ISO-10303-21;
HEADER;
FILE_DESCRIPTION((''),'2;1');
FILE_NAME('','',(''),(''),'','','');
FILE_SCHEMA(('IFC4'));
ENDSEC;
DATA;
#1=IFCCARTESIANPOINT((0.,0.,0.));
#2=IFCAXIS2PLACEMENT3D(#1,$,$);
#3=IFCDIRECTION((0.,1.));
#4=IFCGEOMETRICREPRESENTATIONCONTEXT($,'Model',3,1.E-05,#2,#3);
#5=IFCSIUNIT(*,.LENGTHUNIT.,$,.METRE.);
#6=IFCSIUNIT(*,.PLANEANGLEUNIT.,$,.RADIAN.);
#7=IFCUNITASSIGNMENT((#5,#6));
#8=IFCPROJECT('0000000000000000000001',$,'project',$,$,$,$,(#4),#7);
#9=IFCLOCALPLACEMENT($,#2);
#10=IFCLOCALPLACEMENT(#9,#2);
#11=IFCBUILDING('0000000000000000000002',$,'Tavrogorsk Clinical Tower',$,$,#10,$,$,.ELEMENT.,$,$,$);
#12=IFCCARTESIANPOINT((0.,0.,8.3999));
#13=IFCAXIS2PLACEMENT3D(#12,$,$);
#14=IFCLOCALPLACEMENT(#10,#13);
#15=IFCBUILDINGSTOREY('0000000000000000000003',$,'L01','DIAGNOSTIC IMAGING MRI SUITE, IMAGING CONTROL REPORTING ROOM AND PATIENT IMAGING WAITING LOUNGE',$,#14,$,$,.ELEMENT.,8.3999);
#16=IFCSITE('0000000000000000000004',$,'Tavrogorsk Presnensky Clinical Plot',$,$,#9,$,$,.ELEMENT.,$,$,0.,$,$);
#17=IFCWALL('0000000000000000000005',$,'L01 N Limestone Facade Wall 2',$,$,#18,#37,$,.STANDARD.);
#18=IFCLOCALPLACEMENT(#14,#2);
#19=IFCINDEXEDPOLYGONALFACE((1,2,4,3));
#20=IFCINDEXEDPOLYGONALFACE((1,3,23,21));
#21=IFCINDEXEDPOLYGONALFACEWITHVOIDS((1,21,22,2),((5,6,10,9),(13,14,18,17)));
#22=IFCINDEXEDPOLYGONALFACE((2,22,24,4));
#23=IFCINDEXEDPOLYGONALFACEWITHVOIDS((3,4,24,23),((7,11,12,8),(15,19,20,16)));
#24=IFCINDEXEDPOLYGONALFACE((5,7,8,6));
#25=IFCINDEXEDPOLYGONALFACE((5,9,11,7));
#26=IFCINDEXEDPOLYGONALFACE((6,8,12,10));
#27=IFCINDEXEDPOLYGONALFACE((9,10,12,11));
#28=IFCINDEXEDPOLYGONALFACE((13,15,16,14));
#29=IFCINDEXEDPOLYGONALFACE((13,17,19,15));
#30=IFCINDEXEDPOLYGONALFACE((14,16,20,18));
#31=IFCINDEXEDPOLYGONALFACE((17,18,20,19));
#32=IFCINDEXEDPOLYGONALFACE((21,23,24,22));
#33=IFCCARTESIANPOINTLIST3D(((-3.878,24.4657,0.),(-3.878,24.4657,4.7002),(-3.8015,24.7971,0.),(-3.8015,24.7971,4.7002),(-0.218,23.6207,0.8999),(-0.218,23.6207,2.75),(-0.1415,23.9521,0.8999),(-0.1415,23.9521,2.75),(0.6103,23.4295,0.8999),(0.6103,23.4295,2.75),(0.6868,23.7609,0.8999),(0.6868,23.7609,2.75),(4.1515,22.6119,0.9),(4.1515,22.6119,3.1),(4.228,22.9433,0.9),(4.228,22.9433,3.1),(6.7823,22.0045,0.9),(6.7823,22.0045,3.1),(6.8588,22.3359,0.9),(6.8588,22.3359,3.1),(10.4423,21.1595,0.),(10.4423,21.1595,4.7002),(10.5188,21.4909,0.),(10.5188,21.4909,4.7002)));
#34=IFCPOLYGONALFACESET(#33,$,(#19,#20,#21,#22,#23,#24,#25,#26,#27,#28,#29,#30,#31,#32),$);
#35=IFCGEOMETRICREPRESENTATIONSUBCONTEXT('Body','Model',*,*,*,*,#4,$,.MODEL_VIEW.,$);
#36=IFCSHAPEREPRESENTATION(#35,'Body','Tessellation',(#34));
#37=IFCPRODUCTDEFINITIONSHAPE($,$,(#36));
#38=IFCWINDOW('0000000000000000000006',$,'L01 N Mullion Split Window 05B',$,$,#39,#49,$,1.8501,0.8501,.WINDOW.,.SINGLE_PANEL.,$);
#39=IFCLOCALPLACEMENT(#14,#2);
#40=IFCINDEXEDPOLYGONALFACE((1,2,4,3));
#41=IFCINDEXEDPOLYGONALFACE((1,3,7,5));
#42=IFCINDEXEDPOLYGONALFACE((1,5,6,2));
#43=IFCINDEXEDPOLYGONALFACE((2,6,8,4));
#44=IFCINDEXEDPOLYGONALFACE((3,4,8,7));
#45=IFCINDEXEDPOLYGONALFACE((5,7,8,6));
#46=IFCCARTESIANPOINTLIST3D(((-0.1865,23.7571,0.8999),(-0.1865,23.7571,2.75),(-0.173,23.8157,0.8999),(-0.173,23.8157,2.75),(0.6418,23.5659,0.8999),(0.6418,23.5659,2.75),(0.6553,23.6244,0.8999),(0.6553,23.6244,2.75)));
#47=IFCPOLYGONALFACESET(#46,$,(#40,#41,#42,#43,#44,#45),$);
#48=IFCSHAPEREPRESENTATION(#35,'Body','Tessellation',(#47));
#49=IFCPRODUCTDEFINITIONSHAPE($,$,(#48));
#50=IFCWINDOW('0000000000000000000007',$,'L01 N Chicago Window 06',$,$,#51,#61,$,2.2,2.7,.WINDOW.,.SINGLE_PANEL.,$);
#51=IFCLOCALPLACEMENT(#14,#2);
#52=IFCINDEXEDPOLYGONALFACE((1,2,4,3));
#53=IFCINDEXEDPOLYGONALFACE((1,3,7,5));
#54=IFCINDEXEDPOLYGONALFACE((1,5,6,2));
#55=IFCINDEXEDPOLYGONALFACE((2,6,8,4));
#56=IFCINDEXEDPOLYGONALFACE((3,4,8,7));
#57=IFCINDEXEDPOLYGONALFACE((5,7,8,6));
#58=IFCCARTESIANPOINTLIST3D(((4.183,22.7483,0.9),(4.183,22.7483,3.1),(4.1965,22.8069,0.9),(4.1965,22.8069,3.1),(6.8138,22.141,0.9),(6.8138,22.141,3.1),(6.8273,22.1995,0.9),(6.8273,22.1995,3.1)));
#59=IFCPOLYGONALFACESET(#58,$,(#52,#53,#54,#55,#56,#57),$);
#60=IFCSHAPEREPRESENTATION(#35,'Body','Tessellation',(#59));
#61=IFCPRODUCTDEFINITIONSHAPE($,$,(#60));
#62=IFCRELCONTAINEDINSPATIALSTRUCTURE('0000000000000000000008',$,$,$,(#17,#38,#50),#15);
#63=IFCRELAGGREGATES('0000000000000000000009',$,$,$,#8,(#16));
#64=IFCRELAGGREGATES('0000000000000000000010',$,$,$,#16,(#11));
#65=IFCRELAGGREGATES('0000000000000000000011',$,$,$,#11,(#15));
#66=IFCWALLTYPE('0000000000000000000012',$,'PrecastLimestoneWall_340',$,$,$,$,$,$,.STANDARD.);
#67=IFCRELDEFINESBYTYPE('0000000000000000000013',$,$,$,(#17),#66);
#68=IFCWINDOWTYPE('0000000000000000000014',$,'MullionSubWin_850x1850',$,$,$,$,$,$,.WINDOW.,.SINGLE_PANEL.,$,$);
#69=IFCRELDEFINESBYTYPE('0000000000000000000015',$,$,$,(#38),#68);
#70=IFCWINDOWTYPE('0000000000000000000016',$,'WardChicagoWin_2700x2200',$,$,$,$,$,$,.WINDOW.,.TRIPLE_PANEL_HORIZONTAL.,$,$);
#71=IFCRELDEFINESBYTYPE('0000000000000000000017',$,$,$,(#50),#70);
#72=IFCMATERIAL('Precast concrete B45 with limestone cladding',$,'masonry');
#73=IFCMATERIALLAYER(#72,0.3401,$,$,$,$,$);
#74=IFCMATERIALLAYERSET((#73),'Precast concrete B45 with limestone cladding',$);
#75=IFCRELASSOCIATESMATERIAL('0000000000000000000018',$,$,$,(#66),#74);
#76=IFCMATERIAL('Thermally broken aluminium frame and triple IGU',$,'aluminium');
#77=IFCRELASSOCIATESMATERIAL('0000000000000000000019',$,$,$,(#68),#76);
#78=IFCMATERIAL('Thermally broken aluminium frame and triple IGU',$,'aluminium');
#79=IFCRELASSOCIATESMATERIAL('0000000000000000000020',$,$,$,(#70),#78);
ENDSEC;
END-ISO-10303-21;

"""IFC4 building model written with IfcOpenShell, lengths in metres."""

from ifc_helpers import new_model, si_unit, direction, frame, frame_2d, origin, place, context, subcontext, project, spatial, rectangle, extrude, material, layer, layer_set, type_object, element, fill, save


model = new_model("IFC4")

# Units and contexts
model_context = context("Model", 3, precision=1e-05, world=origin(), true_north=direction((0.0, 1.0)))
body_context = subcontext(model_context, "Body", "Model", "MODEL_VIEW")
ifc_project = project(units=[si_unit("LENGTHUNIT", "METRE"), si_unit("PLANEANGLEUNIT", "RADIAN")], contexts=[model_context])

# Site, building, storey
site_placement = place(None, origin())
site = spatial("IfcSite", under=ifc_project, at=site_placement, Name="Tavrogorsk Presnensky Clinical Plot", CompositionType="ELEMENT", RefElevation=0.0)
building_placement = place(site_placement, origin())
building = spatial("IfcBuilding", under=site, at=building_placement, Name="Tavrogorsk Clinical Tower", CompositionType="ELEMENT")
storey_placement = place(building_placement, frame((0.0, 0.0, 8.3999)))
storey = spatial("IfcBuildingStorey", under=building, at=storey_placement, Name="L01", Description="DIAGNOSTIC IMAGING MRI SUITE, IMAGING CONTROL REPORTING ROOM AND PATIENT IMAGING WAITING LOUNGE", CompositionType="ELEMENT", Elevation=8.3999)

# Wall, openings, windows
ifc_material_1 = material(Name="Precast concrete B45 with limestone cladding", Category="masonry")
ifc_layer_1 = layer(ifc_material_1, 0.3401)
ifc_layer_set_1 = layer_set([ifc_layer_1], Name="Precast concrete B45 with limestone cladding")
wall_type_1 = type_object("IfcWallType", Name="PrecastLimestoneWall_340", PredefinedType="STANDARD", material=ifc_layer_set_1)
wall_1_placement = place(storey_placement, frame((10.4807, 21.3252, 0.0), z_axis=(0.0, 0.0, 1.0), x_axis=(-0.974369, 0.224954, 0.0)))
wall_1 = element("IfcWall", 1, at=wall_1_placement, inside=storey, type_object=wall_type_1, Name="L01 N Limestone Facade Wall 2", PredefinedType="STANDARD", context=body_context, shape_type="SweptSolid", body=[
    extrude(rectangle(XDim=14.697, YDim=0.3401, at=frame_2d((7.3486, 0.0))), origin(), (0.0, 0.0, 1.0), 4.7002),
])
opening_1_placement = place(wall_1_placement, frame((10.0908, 0.0, 0.8999)))
opening_1 = element("IfcOpeningElement", 2, at=opening_1_placement, cuts=wall_1, PredefinedType="OPENING", context=body_context, shape_type="SweptSolid", body=[
    extrude(rectangle(XDim=0.8501, YDim=1.8501, at=frame_2d((0.425, 0.925))), frame((0.0, 0.1799, 0.0), z_axis=(0.0, -1.0, 0.0), x_axis=(1.0, 0.0, 0.0)), (0.0, 0.0, 1.0), 0.3601),
])
opening_2_placement = place(wall_1_placement, frame((3.7563, 0.0, 0.8999)))
opening_2 = element("IfcOpeningElement", 3, at=opening_2_placement, cuts=wall_1, PredefinedType="OPENING", context=body_context, shape_type="SweptSolid", body=[
    extrude(rectangle(XDim=2.7, YDim=2.2, at=frame_2d((1.3501, 1.1001))), frame((0.0, 0.1799, 0.0), z_axis=(0.0, -1.0, 0.0), x_axis=(1.0, 0.0, 0.0)), (0.0, 0.0, 1.0), 0.3601),
])
ifc_material_2 = material(Name="Thermally broken aluminium frame and triple IGU", Category="aluminium")
window_type_1 = type_object("IfcWindowType", Name="MullionSubWin_850x1850", PartitioningType="SINGLE_PANEL", PredefinedType="WINDOW", material=ifc_material_2)
window_1_placement = place(opening_1_placement, origin())
window_1 = element("IfcWindow", 4, at=window_1_placement, inside=storey, type_object=window_type_1, Name="L01 N Mullion Split Window 05B", OverallHeight=1.8501, OverallWidth=0.8501, PartitioningType="SINGLE_PANEL", PredefinedType="WINDOW", context=body_context, shape_type="SweptSolid", body=[
    extrude(rectangle(XDim=0.8501, YDim=1.8501, at=frame_2d((0.425, 0.925))), frame((0.0, 0.03, 0.0), z_axis=(0.0, -1.0, 0.0), x_axis=(1.0, 0.0, 0.0)), (0.0, 0.0, 1.0), 0.0601),
])
fill(opening_1, window_1)
ifc_material_3 = material(Name="Thermally broken aluminium frame and triple IGU", Category="aluminium")
window_type_2 = type_object("IfcWindowType", Name="WardChicagoWin_2700x2200", PartitioningType="TRIPLE_PANEL_HORIZONTAL", PredefinedType="WINDOW", material=ifc_material_3)
window_2_placement = place(opening_2_placement, origin())
window_2 = element("IfcWindow", 5, at=window_2_placement, inside=storey, type_object=window_type_2, Name="L01 N Chicago Window 06", OverallHeight=2.2, OverallWidth=2.7, PartitioningType="SINGLE_PANEL", PredefinedType="WINDOW", context=body_context, shape_type="SweptSolid", body=[
    extrude(rectangle(XDim=2.7, YDim=2.2, at=frame_2d((1.3501, 1.1001))), frame((0.0, 0.03, 0.0), z_axis=(0.0, -1.0, 0.0), x_axis=(1.0, 0.0, 0.0)), (0.0, 0.0, 1.0), 0.0601),
])
fill(opening_2, window_2)

save(model, "model.ifc")
